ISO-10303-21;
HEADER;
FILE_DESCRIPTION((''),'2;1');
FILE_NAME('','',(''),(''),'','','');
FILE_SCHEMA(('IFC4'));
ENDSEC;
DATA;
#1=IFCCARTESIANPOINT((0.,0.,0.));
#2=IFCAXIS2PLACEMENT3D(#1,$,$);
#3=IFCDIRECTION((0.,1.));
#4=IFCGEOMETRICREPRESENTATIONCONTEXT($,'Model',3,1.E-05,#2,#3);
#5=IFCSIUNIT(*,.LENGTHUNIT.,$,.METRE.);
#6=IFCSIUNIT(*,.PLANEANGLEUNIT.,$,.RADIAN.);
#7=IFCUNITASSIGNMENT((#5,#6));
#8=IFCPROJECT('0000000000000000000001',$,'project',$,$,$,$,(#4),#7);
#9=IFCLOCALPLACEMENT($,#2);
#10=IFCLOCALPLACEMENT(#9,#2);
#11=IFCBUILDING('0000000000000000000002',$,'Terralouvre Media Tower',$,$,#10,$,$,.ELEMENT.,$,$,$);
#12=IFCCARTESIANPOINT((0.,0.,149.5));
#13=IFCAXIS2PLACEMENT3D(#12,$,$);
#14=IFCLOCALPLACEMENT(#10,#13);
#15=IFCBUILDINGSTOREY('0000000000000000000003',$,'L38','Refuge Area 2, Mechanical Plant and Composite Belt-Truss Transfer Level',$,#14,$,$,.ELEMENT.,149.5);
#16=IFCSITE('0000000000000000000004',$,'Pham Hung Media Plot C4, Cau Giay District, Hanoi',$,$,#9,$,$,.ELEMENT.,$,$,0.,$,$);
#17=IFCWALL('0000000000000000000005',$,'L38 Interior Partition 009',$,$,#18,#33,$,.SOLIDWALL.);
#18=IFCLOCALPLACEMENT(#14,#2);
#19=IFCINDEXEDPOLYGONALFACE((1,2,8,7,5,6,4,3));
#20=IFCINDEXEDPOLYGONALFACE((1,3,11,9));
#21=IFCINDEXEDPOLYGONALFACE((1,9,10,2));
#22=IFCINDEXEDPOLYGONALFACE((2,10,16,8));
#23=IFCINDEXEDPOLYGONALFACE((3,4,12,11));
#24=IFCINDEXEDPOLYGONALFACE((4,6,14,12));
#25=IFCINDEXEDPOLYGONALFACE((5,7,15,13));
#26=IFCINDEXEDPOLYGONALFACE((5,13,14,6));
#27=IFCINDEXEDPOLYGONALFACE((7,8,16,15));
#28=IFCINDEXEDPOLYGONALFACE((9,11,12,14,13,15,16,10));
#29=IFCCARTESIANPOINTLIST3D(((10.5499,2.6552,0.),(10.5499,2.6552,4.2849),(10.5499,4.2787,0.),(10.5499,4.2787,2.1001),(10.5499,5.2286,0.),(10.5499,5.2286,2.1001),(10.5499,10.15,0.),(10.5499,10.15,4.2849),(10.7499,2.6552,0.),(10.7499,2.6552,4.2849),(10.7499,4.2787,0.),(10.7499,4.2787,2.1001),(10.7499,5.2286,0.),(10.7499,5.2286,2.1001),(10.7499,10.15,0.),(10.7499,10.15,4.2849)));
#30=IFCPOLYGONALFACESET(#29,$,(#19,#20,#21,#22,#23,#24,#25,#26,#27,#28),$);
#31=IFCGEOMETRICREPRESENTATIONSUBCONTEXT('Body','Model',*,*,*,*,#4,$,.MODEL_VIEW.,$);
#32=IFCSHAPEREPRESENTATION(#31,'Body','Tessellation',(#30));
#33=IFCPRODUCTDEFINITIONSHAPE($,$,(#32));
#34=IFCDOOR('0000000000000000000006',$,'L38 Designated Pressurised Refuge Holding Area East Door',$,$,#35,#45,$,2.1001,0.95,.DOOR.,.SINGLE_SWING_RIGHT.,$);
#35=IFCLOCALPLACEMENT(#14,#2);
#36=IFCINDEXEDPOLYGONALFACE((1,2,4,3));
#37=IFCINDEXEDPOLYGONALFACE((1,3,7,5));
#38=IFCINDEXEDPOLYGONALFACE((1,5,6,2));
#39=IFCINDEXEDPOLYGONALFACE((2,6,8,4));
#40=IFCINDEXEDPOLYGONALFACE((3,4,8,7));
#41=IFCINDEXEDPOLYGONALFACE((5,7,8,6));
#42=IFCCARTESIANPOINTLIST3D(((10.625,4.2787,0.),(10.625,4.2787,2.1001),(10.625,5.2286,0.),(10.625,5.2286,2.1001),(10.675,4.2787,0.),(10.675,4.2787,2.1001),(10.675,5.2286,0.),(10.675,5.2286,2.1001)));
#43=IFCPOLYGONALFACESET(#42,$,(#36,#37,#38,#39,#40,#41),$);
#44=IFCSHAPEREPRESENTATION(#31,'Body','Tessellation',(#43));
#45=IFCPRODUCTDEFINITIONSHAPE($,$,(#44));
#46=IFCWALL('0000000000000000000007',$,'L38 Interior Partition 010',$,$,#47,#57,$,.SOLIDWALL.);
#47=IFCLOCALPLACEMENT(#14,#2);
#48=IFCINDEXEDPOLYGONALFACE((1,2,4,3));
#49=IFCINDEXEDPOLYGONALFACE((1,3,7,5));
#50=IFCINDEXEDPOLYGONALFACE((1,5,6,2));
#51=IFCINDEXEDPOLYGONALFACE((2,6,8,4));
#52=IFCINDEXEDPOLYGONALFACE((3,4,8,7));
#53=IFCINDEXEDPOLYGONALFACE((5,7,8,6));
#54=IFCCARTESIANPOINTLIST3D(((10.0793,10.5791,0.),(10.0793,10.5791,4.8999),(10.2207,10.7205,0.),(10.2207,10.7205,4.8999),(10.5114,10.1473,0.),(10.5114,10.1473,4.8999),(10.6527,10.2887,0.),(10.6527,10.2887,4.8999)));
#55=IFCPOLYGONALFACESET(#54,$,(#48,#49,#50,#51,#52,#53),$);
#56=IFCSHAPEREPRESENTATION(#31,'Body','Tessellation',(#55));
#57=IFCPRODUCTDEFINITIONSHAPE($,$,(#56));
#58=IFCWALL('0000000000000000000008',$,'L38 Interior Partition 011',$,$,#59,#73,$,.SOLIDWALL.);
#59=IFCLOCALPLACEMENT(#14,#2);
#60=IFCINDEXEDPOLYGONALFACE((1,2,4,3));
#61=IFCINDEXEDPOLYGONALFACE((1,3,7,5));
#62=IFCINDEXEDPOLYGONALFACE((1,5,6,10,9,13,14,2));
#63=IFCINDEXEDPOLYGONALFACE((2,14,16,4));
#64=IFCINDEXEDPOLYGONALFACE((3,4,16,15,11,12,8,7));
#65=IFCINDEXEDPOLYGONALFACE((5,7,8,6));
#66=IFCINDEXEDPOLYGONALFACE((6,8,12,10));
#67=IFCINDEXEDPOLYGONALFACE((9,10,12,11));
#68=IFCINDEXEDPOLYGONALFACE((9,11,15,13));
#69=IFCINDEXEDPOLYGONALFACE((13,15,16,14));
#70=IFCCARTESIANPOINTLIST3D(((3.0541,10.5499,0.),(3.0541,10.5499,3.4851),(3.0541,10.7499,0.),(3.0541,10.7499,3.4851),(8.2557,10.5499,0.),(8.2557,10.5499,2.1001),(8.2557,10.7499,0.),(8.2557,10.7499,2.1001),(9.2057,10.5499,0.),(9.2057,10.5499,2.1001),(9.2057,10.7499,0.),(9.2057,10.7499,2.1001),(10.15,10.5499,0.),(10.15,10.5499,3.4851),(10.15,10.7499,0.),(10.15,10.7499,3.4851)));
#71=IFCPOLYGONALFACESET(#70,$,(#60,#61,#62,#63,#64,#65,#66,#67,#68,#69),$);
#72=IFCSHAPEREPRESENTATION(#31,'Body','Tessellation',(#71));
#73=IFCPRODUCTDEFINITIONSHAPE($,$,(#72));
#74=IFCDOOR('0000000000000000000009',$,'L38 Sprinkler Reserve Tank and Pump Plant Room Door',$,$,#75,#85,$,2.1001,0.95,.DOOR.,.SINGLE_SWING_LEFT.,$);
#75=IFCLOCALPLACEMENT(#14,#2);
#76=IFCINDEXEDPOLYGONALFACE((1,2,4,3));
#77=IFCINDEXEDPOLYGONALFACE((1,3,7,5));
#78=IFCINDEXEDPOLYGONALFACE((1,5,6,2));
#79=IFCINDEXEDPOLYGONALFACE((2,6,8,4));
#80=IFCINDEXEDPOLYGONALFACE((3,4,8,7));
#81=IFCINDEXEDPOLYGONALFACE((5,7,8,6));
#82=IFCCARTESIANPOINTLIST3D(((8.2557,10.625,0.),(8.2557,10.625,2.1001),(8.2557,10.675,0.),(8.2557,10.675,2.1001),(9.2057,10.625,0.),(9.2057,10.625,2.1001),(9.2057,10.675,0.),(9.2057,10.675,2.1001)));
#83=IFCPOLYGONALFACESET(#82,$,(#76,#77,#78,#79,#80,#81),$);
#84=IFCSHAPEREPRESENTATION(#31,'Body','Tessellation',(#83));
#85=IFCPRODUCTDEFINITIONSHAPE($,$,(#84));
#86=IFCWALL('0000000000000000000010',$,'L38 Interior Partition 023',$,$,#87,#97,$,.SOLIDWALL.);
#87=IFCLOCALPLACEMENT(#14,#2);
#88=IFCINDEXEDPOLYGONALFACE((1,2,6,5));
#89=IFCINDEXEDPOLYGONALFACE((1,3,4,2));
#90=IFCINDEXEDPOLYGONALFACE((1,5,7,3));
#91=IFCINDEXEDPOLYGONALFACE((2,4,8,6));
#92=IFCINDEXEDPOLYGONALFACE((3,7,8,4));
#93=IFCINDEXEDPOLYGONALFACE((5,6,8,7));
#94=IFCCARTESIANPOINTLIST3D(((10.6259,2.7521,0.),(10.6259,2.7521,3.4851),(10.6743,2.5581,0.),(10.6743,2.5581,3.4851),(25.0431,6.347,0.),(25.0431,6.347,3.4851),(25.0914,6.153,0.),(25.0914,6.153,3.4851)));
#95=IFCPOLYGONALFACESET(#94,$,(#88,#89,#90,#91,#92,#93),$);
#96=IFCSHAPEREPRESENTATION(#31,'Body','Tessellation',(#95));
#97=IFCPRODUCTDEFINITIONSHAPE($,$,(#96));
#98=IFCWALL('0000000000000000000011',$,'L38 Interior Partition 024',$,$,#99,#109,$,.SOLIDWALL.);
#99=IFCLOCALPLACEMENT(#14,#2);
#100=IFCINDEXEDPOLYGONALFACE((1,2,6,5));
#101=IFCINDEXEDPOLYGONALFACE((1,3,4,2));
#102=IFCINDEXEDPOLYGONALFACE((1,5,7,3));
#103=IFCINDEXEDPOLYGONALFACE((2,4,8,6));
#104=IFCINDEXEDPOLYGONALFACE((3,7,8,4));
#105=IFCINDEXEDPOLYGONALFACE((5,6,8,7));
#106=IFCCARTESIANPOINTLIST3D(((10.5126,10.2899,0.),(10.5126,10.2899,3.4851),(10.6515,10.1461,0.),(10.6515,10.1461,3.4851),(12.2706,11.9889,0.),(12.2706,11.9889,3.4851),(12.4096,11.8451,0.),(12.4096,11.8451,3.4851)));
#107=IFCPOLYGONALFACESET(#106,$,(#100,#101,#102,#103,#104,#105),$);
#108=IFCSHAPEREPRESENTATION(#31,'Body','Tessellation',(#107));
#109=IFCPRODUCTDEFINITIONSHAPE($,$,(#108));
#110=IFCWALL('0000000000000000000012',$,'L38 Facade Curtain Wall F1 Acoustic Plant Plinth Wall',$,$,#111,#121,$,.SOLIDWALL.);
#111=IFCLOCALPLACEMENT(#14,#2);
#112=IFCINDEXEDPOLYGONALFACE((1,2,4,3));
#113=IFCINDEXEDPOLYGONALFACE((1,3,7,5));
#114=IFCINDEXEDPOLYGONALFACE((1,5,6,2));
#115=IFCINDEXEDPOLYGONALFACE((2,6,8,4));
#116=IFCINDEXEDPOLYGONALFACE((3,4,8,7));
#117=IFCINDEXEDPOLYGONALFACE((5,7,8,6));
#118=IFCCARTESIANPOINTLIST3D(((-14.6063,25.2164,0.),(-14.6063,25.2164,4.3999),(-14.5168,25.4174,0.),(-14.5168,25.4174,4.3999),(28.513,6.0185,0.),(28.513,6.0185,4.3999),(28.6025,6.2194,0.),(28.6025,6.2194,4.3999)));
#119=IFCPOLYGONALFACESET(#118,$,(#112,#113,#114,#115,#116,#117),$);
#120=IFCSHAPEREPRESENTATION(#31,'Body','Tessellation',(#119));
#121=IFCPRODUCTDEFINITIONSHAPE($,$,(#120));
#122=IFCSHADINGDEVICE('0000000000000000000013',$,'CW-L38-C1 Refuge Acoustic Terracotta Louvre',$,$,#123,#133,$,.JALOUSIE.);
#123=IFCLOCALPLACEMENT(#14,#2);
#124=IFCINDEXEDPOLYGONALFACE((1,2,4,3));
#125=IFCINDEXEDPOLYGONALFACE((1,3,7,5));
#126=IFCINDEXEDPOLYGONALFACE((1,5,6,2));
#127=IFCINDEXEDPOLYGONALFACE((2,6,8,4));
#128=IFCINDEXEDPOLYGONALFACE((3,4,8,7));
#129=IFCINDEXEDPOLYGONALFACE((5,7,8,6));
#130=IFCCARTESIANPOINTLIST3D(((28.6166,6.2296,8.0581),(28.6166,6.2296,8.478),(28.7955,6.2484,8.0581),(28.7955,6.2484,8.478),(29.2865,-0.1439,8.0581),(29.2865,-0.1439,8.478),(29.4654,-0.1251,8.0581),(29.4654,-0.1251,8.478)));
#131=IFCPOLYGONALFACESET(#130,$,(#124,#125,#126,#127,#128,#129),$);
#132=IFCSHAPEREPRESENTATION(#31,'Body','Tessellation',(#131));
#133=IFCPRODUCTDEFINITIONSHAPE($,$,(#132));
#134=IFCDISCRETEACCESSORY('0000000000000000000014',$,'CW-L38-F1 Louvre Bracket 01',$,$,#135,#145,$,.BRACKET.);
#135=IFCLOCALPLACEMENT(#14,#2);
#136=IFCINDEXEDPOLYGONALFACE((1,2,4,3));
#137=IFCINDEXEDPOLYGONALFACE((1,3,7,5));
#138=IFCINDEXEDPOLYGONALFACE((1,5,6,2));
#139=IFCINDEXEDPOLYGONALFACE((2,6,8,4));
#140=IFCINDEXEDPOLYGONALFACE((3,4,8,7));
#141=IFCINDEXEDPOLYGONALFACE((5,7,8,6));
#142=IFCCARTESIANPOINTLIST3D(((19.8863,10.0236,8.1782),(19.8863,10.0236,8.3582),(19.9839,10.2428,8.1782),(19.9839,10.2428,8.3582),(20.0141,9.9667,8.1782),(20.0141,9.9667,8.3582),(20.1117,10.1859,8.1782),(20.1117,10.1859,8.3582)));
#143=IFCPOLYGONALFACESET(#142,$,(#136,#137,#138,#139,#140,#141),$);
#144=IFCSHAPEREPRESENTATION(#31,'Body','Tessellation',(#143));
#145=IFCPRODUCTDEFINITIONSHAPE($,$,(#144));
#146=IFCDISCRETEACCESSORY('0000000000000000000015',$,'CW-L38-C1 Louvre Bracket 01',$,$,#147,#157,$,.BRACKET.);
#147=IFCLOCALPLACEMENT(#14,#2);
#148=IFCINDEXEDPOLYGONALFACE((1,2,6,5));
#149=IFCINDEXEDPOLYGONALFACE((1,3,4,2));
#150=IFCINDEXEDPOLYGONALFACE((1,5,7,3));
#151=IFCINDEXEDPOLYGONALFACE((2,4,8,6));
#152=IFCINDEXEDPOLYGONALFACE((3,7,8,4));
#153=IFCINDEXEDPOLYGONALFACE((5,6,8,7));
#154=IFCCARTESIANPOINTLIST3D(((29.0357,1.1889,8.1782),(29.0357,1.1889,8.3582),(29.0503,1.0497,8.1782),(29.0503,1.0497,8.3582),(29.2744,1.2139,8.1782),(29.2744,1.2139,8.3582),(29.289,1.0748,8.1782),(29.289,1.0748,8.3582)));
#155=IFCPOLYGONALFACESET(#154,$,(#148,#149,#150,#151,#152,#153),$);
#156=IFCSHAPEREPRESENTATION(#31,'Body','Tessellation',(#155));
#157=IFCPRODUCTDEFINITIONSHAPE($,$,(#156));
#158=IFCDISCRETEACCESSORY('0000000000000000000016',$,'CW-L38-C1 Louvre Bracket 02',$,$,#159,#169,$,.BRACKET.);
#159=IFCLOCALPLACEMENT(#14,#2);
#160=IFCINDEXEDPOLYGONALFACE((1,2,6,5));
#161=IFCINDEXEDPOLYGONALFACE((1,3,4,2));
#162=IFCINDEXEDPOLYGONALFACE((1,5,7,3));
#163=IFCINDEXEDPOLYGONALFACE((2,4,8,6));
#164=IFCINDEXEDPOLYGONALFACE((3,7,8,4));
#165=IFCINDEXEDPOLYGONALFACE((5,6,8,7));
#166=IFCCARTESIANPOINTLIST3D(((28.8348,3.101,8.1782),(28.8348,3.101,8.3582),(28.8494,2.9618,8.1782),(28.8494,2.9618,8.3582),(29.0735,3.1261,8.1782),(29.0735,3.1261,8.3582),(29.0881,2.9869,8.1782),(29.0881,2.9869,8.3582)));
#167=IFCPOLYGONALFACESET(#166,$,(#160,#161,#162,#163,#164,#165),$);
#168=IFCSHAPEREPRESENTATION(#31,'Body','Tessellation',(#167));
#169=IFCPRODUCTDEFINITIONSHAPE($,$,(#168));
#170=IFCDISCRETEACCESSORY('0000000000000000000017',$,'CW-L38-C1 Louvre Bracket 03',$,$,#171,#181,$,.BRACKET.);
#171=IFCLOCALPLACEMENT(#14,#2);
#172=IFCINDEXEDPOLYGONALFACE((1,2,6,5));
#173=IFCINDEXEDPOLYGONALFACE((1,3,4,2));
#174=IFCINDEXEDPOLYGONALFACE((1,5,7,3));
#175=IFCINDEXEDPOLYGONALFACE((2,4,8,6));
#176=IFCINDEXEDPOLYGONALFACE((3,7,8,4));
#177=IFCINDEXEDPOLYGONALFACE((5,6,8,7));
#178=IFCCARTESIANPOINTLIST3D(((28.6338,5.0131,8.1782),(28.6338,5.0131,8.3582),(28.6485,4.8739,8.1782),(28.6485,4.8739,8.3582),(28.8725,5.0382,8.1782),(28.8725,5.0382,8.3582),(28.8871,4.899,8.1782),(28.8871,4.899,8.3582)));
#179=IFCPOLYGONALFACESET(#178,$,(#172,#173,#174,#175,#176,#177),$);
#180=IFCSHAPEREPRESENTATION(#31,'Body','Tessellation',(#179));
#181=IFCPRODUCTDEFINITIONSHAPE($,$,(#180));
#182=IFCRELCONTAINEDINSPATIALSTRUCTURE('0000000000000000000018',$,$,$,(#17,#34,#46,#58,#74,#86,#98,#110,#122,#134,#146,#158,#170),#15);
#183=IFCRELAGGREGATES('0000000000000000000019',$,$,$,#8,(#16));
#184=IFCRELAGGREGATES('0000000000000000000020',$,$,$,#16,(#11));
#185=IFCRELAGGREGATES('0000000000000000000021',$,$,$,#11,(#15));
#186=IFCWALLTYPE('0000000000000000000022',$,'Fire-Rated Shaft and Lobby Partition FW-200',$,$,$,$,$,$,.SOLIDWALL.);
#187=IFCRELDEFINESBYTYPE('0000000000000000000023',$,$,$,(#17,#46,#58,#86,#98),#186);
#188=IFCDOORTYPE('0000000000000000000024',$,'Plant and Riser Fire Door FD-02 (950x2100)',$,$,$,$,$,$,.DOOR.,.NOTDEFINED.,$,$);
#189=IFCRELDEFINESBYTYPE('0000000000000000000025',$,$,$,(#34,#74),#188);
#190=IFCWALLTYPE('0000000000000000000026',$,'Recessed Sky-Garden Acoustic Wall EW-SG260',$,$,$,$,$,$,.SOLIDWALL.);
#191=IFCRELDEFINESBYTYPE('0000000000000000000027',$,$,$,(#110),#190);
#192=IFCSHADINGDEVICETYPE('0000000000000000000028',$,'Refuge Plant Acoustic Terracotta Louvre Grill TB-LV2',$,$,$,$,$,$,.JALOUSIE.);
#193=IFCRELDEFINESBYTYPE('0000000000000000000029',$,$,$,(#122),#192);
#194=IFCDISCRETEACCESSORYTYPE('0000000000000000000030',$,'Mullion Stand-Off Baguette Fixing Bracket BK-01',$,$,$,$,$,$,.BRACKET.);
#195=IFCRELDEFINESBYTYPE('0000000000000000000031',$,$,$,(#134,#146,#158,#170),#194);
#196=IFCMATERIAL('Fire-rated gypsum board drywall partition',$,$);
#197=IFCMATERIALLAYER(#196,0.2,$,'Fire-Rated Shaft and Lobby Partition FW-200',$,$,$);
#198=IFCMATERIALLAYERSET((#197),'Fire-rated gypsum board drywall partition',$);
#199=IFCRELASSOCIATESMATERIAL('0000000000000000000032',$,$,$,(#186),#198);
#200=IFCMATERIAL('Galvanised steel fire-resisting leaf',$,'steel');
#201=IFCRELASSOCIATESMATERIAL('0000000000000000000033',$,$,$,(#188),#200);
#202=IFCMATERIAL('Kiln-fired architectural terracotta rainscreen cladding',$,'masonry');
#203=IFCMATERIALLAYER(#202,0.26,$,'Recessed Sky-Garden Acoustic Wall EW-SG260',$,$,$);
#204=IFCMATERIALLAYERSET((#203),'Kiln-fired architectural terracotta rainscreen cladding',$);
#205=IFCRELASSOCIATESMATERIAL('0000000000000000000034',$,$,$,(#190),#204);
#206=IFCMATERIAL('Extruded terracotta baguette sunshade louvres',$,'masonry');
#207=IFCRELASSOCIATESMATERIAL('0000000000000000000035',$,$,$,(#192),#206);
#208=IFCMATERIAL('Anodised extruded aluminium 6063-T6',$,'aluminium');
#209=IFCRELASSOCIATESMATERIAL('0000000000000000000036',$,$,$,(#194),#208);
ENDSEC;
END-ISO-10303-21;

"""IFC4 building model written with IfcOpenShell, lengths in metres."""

from ifc_helpers import new_model, si_unit, direction, frame, frame_2d, origin, origin_2d, place, context, subcontext, project, spatial, rectangle, extrude, material, layer, layer_set, type_object, element, fill, save


model = new_model("IFC4")

# Units and contexts
model_context = context("Model", 3, precision=1e-05, world=origin(), true_north=direction((0.0, 1.0)))
body_context = subcontext(model_context, "Body", "Model", "MODEL_VIEW")
ifc_project = project(units=[si_unit("LENGTHUNIT", "METRE"), si_unit("PLANEANGLEUNIT", "RADIAN")], contexts=[model_context])

# Site, building, storey
site_placement = place(None, origin())
site = spatial("IfcSite", under=ifc_project, at=site_placement, Name="Pham Hung Media Plot C4, Cau Giay District, Hanoi", CompositionType="ELEMENT", RefElevation=0.0)
building_placement = place(site_placement, origin())
building = spatial("IfcBuilding", under=site, at=building_placement, Name="Terralouvre Media Tower", CompositionType="ELEMENT")
storey_placement = place(building_placement, frame((0.0, 0.0, 149.5)))
storey = spatial("IfcBuildingStorey", under=building, at=storey_placement, Name="L38", Description="Refuge Area 2, Mechanical Plant and Composite Belt-Truss Transfer Level", CompositionType="ELEMENT", Elevation=149.5)

# Shared definitions
ifc_material_1 = material(Name="Fire-rated gypsum board drywall partition")
ifc_layer_1 = layer(ifc_material_1, 0.2, Name="Fire-Rated Shaft and Lobby Partition FW-200")
ifc_layer_set_1 = layer_set([ifc_layer_1], Name="Fire-rated gypsum board drywall partition")
wall_type_1 = type_object("IfcWallType", Name="Fire-Rated Shaft and Lobby Partition FW-200", PredefinedType="SOLIDWALL", material=ifc_layer_set_1)

# Wall, opening, door
wall_1_placement = place(storey_placement, frame((10.6499, 2.655, 0.0), z_axis=(0.0, 0.0, 1.0), x_axis=(0.0, 1.0, 0.0)))
wall_1 = element("IfcWall", 1, at=wall_1_placement, inside=storey, type_object=wall_type_1, Name="L38 Interior Partition 009", PredefinedType="SOLIDWALL", context=body_context, shape_type="SweptSolid", body=[
    extrude(rectangle(XDim=7.4949, YDim=0.2, at=frame_2d((3.7476, 0.0))), origin(), (0.0, 0.0, 1.0), 4.2849),
])
opening_1_placement = place(wall_1_placement, frame((1.6235, 0.0, 0.0)))
opening_1 = element("IfcOpeningElement", 2, at=opening_1_placement, cuts=wall_1, PredefinedType="OPENING", context=body_context, shape_type="SweptSolid", body=[
    extrude(rectangle(XDim=0.95, YDim=2.1001, at=frame_2d((0.4751, 1.05))), frame((0.0, 0.1099, 0.0), z_axis=(0.0, -1.0, 0.0), x_axis=(1.0, 0.0, 0.0)), (0.0, 0.0, 1.0), 0.22),
])
ifc_material_2 = material(Name="Galvanised steel fire-resisting leaf", Category="steel")
door_type = type_object("IfcDoorType", Name="Plant and Riser Fire Door FD-02 (950x2100)", OperationType="NOTDEFINED", PredefinedType="DOOR", material=ifc_material_2)
door_1_placement = place(opening_1_placement, origin())
door_1 = element("IfcDoor", 3, at=door_1_placement, inside=storey, type_object=door_type, Name="L38 Designated Pressurised Refuge Holding Area East Door", OperationType="SINGLE_SWING_RIGHT", OverallHeight=2.1001, OverallWidth=0.95, PredefinedType="DOOR", context=body_context, shape_type="SweptSolid", body=[
    extrude(rectangle(XDim=0.95, YDim=2.1001, at=frame_2d((0.4751, 1.05))), frame((0.0, 0.0249, 0.0), z_axis=(0.0, -1.0, 0.0), x_axis=(1.0, 0.0, 0.0)), (0.0, 0.0, 1.0), 0.05),
])
fill(opening_1, door_1)

# Wall
wall_2_placement = place(storey_placement, frame((10.582, 10.218, 0.0), z_axis=(0.0, 0.0, 1.0), x_axis=(-0.707307, 0.706907, 0.0)))
element("IfcWall", 4, at=wall_2_placement, inside=storey, type_object=wall_type_1, Name="L38 Interior Partition 010", PredefinedType="SOLIDWALL", context=body_context, shape_type="SweptSolid", body=[
    extrude(rectangle(XDim=0.6108, YDim=0.2, at=frame_2d((0.3054, 0.0))), origin(), (0.0, 0.0, 1.0), 4.8999),
])

# Wall, opening, door
wall_3_placement = place(storey_placement, frame((10.1499, 10.6499, 0.0), z_axis=(0.0, 0.0, 1.0), x_axis=(-1.0, 0.0, 0.0)))
wall_3 = element("IfcWall", 5, at=wall_3_placement, inside=storey, type_object=wall_type_1, Name="L38 Interior Partition 011", PredefinedType="SOLIDWALL", context=body_context, shape_type="SweptSolid", body=[
    extrude(rectangle(XDim=7.0959, YDim=0.2, at=frame_2d((3.5479, 0.0))), origin(), (0.0, 0.0, 1.0), 3.4851),
])
opening_2_placement = place(wall_3_placement, frame((0.9441, 0.0, 0.0)))
opening_2 = element("IfcOpeningElement", 6, at=opening_2_placement, cuts=wall_3, PredefinedType="OPENING", context=body_context, shape_type="SweptSolid", body=[
    extrude(rectangle(XDim=0.95, YDim=2.1001, at=frame_2d((0.4751, 1.05))), frame((0.0, 0.1099, 0.0), z_axis=(0.0, -1.0, 0.0), x_axis=(1.0, 0.0, 0.0)), (0.0, 0.0, 1.0), 0.22),
])
door_2_placement = place(opening_2_placement, origin())
door_2 = element("IfcDoor", 7, at=door_2_placement, inside=storey, type_object=door_type, Name="L38 Sprinkler Reserve Tank and Pump Plant Room Door", OperationType="SINGLE_SWING_LEFT", OverallHeight=2.1001, OverallWidth=0.95, PredefinedType="DOOR", context=body_context, shape_type="SweptSolid", body=[
    extrude(rectangle(XDim=0.95, YDim=2.1001, at=frame_2d((0.4751, 1.05))), frame((0.0, 0.0249, 0.0), z_axis=(0.0, -1.0, 0.0), x_axis=(1.0, 0.0, 0.0)), (0.0, 0.0, 1.0), 0.05),
])
fill(opening_2, door_2)

# Walls
wall_4_placement = place(storey_placement, frame((25.0671, 6.25, 0.0), z_axis=(0.0, 0.0, 1.0), x_axis=(-0.97029, -0.241944, 0.0)))
element("IfcWall", 8, at=wall_4_placement, inside=storey, type_object=wall_type_1, Name="L38 Interior Partition 023", PredefinedType="SOLIDWALL", context=body_context, shape_type="SweptSolid", body=[
    extrude(rectangle(XDim=14.8586, YDim=0.2, at=frame_2d((7.4292, 0.0))), origin(), (0.0, 0.0, 1.0), 3.4851),
])
wall_5_placement = place(storey_placement, frame((12.3401, 11.917, 0.0), z_axis=(0.0, 0.0, 1.0), x_axis=(-0.719087, -0.694921, 0.0)))
element("IfcWall", 9, at=wall_5_placement, inside=storey, type_object=wall_type_1, Name="L38 Interior Partition 024", PredefinedType="SOLIDWALL", context=body_context, shape_type="SweptSolid", body=[
    extrude(rectangle(XDim=2.4448, YDim=0.2, at=frame_2d((1.2224, 0.0))), origin(), (0.0, 0.0, 1.0), 3.4851),
])
ifc_material_3 = material(Name="Kiln-fired architectural terracotta rainscreen cladding", Category="masonry")
ifc_layer_2 = layer(ifc_material_3, 0.26, Name="Recessed Sky-Garden Acoustic Wall EW-SG260")
ifc_layer_set_2 = layer_set([ifc_layer_2], Name="Kiln-fired architectural terracotta rainscreen cladding")
wall_type_2 = type_object("IfcWallType", Name="Recessed Sky-Garden Acoustic Wall EW-SG260", PredefinedType="SOLIDWALL", material=ifc_layer_set_2)
wall_6_placement = place(storey_placement, frame((28.5579, 6.1189, 0.0), z_axis=(0.0, 0.0, 1.0), x_axis=(-0.913545, 0.406737, 0.0)))
element("IfcWall", 10, at=wall_6_placement, inside=storey, type_object=wall_type_2, Name="L38 Facade Curtain Wall F1 Acoustic Plant Plinth Wall", PredefinedType="SOLIDWALL", context=body_context, shape_type="SweptSolid", body=[
    extrude(rectangle(XDim=47.2, YDim=0.22, at=frame_2d((23.6001, 0.0))), origin(), (0.0, 0.0, 1.0), 4.3999),
])

# Shading device
ifc_material_4 = material(Name="Extruded terracotta baguette sunshade louvres", Category="masonry")
shading_device_type = type_object("IfcShadingDeviceType", Name="Refuge Plant Acoustic Terracotta Louvre Grill TB-LV2", PredefinedType="JALOUSIE", material=ifc_material_4)
shading_device_placement = place(storey_placement, frame((29.041, 3.0522, 8.0581), z_axis=(0.0, 0.0, 1.0), x_axis=(-0.104529, 0.994522, 0.0)))
element("IfcShadingDevice", 11, at=shading_device_placement, inside=storey, type_object=shading_device_type, Name="CW-L38-C1 Refuge Acoustic Terracotta Louvre", PredefinedType="JALOUSIE", context=body_context, shape_type="SweptSolid", body=[
    extrude(rectangle(XDim=6.4087, YDim=0.1799, at=origin_2d()), origin(), (0.0, 0.0, 1.0), 0.4199),
])

# Discrete accessories
ifc_material_5 = material(Name="Anodised extruded aluminium 6063-T6", Category="aluminium")
discrete_accessory_type = type_object("IfcDiscreteAccessoryType", Name="Mullion Stand-Off Baguette Fixing Bracket BK-01", PredefinedType="BRACKET", material=ifc_material_5)
for number, where, z_axis, x_axis, name in (
    (12, (19.999, 10.1047, 8.1782), (0.0, 0.0, 1.0), (-0.913545, 0.406737, 0.0), "CW-L38-F1 Louvre Bracket 01"),
    (13, (29.1624, 1.1318, 8.1782), (0.0, 0.0, 1.0), (-0.104529, 0.994522, 0.0), "CW-L38-C1 Louvre Bracket 01"),
    (14, (28.9614, 3.0439, 8.1782), (0.0, 0.0, 1.0), (-0.104529, 0.994522, 0.0), "CW-L38-C1 Louvre Bracket 02"),
    (15, (28.7605, 4.9561, 8.1782), (0.0, 0.0, 1.0), (-0.104529, 0.994522, 0.0), "CW-L38-C1 Louvre Bracket 03"),
):
    element("IfcDiscreteAccessory", number, at=place(storey_placement, frame(where, z_axis=z_axis, x_axis=x_axis)), inside=storey, type_object=discrete_accessory_type, Name=name, PredefinedType="BRACKET", context=body_context, shape_type="SweptSolid", body=[
        extrude(rectangle(XDim=0.1399, YDim=0.24, at=origin_2d()), origin(), (0.0, 0.0, 1.0), 0.1799),
    ])

save(model, "model.ifc")
